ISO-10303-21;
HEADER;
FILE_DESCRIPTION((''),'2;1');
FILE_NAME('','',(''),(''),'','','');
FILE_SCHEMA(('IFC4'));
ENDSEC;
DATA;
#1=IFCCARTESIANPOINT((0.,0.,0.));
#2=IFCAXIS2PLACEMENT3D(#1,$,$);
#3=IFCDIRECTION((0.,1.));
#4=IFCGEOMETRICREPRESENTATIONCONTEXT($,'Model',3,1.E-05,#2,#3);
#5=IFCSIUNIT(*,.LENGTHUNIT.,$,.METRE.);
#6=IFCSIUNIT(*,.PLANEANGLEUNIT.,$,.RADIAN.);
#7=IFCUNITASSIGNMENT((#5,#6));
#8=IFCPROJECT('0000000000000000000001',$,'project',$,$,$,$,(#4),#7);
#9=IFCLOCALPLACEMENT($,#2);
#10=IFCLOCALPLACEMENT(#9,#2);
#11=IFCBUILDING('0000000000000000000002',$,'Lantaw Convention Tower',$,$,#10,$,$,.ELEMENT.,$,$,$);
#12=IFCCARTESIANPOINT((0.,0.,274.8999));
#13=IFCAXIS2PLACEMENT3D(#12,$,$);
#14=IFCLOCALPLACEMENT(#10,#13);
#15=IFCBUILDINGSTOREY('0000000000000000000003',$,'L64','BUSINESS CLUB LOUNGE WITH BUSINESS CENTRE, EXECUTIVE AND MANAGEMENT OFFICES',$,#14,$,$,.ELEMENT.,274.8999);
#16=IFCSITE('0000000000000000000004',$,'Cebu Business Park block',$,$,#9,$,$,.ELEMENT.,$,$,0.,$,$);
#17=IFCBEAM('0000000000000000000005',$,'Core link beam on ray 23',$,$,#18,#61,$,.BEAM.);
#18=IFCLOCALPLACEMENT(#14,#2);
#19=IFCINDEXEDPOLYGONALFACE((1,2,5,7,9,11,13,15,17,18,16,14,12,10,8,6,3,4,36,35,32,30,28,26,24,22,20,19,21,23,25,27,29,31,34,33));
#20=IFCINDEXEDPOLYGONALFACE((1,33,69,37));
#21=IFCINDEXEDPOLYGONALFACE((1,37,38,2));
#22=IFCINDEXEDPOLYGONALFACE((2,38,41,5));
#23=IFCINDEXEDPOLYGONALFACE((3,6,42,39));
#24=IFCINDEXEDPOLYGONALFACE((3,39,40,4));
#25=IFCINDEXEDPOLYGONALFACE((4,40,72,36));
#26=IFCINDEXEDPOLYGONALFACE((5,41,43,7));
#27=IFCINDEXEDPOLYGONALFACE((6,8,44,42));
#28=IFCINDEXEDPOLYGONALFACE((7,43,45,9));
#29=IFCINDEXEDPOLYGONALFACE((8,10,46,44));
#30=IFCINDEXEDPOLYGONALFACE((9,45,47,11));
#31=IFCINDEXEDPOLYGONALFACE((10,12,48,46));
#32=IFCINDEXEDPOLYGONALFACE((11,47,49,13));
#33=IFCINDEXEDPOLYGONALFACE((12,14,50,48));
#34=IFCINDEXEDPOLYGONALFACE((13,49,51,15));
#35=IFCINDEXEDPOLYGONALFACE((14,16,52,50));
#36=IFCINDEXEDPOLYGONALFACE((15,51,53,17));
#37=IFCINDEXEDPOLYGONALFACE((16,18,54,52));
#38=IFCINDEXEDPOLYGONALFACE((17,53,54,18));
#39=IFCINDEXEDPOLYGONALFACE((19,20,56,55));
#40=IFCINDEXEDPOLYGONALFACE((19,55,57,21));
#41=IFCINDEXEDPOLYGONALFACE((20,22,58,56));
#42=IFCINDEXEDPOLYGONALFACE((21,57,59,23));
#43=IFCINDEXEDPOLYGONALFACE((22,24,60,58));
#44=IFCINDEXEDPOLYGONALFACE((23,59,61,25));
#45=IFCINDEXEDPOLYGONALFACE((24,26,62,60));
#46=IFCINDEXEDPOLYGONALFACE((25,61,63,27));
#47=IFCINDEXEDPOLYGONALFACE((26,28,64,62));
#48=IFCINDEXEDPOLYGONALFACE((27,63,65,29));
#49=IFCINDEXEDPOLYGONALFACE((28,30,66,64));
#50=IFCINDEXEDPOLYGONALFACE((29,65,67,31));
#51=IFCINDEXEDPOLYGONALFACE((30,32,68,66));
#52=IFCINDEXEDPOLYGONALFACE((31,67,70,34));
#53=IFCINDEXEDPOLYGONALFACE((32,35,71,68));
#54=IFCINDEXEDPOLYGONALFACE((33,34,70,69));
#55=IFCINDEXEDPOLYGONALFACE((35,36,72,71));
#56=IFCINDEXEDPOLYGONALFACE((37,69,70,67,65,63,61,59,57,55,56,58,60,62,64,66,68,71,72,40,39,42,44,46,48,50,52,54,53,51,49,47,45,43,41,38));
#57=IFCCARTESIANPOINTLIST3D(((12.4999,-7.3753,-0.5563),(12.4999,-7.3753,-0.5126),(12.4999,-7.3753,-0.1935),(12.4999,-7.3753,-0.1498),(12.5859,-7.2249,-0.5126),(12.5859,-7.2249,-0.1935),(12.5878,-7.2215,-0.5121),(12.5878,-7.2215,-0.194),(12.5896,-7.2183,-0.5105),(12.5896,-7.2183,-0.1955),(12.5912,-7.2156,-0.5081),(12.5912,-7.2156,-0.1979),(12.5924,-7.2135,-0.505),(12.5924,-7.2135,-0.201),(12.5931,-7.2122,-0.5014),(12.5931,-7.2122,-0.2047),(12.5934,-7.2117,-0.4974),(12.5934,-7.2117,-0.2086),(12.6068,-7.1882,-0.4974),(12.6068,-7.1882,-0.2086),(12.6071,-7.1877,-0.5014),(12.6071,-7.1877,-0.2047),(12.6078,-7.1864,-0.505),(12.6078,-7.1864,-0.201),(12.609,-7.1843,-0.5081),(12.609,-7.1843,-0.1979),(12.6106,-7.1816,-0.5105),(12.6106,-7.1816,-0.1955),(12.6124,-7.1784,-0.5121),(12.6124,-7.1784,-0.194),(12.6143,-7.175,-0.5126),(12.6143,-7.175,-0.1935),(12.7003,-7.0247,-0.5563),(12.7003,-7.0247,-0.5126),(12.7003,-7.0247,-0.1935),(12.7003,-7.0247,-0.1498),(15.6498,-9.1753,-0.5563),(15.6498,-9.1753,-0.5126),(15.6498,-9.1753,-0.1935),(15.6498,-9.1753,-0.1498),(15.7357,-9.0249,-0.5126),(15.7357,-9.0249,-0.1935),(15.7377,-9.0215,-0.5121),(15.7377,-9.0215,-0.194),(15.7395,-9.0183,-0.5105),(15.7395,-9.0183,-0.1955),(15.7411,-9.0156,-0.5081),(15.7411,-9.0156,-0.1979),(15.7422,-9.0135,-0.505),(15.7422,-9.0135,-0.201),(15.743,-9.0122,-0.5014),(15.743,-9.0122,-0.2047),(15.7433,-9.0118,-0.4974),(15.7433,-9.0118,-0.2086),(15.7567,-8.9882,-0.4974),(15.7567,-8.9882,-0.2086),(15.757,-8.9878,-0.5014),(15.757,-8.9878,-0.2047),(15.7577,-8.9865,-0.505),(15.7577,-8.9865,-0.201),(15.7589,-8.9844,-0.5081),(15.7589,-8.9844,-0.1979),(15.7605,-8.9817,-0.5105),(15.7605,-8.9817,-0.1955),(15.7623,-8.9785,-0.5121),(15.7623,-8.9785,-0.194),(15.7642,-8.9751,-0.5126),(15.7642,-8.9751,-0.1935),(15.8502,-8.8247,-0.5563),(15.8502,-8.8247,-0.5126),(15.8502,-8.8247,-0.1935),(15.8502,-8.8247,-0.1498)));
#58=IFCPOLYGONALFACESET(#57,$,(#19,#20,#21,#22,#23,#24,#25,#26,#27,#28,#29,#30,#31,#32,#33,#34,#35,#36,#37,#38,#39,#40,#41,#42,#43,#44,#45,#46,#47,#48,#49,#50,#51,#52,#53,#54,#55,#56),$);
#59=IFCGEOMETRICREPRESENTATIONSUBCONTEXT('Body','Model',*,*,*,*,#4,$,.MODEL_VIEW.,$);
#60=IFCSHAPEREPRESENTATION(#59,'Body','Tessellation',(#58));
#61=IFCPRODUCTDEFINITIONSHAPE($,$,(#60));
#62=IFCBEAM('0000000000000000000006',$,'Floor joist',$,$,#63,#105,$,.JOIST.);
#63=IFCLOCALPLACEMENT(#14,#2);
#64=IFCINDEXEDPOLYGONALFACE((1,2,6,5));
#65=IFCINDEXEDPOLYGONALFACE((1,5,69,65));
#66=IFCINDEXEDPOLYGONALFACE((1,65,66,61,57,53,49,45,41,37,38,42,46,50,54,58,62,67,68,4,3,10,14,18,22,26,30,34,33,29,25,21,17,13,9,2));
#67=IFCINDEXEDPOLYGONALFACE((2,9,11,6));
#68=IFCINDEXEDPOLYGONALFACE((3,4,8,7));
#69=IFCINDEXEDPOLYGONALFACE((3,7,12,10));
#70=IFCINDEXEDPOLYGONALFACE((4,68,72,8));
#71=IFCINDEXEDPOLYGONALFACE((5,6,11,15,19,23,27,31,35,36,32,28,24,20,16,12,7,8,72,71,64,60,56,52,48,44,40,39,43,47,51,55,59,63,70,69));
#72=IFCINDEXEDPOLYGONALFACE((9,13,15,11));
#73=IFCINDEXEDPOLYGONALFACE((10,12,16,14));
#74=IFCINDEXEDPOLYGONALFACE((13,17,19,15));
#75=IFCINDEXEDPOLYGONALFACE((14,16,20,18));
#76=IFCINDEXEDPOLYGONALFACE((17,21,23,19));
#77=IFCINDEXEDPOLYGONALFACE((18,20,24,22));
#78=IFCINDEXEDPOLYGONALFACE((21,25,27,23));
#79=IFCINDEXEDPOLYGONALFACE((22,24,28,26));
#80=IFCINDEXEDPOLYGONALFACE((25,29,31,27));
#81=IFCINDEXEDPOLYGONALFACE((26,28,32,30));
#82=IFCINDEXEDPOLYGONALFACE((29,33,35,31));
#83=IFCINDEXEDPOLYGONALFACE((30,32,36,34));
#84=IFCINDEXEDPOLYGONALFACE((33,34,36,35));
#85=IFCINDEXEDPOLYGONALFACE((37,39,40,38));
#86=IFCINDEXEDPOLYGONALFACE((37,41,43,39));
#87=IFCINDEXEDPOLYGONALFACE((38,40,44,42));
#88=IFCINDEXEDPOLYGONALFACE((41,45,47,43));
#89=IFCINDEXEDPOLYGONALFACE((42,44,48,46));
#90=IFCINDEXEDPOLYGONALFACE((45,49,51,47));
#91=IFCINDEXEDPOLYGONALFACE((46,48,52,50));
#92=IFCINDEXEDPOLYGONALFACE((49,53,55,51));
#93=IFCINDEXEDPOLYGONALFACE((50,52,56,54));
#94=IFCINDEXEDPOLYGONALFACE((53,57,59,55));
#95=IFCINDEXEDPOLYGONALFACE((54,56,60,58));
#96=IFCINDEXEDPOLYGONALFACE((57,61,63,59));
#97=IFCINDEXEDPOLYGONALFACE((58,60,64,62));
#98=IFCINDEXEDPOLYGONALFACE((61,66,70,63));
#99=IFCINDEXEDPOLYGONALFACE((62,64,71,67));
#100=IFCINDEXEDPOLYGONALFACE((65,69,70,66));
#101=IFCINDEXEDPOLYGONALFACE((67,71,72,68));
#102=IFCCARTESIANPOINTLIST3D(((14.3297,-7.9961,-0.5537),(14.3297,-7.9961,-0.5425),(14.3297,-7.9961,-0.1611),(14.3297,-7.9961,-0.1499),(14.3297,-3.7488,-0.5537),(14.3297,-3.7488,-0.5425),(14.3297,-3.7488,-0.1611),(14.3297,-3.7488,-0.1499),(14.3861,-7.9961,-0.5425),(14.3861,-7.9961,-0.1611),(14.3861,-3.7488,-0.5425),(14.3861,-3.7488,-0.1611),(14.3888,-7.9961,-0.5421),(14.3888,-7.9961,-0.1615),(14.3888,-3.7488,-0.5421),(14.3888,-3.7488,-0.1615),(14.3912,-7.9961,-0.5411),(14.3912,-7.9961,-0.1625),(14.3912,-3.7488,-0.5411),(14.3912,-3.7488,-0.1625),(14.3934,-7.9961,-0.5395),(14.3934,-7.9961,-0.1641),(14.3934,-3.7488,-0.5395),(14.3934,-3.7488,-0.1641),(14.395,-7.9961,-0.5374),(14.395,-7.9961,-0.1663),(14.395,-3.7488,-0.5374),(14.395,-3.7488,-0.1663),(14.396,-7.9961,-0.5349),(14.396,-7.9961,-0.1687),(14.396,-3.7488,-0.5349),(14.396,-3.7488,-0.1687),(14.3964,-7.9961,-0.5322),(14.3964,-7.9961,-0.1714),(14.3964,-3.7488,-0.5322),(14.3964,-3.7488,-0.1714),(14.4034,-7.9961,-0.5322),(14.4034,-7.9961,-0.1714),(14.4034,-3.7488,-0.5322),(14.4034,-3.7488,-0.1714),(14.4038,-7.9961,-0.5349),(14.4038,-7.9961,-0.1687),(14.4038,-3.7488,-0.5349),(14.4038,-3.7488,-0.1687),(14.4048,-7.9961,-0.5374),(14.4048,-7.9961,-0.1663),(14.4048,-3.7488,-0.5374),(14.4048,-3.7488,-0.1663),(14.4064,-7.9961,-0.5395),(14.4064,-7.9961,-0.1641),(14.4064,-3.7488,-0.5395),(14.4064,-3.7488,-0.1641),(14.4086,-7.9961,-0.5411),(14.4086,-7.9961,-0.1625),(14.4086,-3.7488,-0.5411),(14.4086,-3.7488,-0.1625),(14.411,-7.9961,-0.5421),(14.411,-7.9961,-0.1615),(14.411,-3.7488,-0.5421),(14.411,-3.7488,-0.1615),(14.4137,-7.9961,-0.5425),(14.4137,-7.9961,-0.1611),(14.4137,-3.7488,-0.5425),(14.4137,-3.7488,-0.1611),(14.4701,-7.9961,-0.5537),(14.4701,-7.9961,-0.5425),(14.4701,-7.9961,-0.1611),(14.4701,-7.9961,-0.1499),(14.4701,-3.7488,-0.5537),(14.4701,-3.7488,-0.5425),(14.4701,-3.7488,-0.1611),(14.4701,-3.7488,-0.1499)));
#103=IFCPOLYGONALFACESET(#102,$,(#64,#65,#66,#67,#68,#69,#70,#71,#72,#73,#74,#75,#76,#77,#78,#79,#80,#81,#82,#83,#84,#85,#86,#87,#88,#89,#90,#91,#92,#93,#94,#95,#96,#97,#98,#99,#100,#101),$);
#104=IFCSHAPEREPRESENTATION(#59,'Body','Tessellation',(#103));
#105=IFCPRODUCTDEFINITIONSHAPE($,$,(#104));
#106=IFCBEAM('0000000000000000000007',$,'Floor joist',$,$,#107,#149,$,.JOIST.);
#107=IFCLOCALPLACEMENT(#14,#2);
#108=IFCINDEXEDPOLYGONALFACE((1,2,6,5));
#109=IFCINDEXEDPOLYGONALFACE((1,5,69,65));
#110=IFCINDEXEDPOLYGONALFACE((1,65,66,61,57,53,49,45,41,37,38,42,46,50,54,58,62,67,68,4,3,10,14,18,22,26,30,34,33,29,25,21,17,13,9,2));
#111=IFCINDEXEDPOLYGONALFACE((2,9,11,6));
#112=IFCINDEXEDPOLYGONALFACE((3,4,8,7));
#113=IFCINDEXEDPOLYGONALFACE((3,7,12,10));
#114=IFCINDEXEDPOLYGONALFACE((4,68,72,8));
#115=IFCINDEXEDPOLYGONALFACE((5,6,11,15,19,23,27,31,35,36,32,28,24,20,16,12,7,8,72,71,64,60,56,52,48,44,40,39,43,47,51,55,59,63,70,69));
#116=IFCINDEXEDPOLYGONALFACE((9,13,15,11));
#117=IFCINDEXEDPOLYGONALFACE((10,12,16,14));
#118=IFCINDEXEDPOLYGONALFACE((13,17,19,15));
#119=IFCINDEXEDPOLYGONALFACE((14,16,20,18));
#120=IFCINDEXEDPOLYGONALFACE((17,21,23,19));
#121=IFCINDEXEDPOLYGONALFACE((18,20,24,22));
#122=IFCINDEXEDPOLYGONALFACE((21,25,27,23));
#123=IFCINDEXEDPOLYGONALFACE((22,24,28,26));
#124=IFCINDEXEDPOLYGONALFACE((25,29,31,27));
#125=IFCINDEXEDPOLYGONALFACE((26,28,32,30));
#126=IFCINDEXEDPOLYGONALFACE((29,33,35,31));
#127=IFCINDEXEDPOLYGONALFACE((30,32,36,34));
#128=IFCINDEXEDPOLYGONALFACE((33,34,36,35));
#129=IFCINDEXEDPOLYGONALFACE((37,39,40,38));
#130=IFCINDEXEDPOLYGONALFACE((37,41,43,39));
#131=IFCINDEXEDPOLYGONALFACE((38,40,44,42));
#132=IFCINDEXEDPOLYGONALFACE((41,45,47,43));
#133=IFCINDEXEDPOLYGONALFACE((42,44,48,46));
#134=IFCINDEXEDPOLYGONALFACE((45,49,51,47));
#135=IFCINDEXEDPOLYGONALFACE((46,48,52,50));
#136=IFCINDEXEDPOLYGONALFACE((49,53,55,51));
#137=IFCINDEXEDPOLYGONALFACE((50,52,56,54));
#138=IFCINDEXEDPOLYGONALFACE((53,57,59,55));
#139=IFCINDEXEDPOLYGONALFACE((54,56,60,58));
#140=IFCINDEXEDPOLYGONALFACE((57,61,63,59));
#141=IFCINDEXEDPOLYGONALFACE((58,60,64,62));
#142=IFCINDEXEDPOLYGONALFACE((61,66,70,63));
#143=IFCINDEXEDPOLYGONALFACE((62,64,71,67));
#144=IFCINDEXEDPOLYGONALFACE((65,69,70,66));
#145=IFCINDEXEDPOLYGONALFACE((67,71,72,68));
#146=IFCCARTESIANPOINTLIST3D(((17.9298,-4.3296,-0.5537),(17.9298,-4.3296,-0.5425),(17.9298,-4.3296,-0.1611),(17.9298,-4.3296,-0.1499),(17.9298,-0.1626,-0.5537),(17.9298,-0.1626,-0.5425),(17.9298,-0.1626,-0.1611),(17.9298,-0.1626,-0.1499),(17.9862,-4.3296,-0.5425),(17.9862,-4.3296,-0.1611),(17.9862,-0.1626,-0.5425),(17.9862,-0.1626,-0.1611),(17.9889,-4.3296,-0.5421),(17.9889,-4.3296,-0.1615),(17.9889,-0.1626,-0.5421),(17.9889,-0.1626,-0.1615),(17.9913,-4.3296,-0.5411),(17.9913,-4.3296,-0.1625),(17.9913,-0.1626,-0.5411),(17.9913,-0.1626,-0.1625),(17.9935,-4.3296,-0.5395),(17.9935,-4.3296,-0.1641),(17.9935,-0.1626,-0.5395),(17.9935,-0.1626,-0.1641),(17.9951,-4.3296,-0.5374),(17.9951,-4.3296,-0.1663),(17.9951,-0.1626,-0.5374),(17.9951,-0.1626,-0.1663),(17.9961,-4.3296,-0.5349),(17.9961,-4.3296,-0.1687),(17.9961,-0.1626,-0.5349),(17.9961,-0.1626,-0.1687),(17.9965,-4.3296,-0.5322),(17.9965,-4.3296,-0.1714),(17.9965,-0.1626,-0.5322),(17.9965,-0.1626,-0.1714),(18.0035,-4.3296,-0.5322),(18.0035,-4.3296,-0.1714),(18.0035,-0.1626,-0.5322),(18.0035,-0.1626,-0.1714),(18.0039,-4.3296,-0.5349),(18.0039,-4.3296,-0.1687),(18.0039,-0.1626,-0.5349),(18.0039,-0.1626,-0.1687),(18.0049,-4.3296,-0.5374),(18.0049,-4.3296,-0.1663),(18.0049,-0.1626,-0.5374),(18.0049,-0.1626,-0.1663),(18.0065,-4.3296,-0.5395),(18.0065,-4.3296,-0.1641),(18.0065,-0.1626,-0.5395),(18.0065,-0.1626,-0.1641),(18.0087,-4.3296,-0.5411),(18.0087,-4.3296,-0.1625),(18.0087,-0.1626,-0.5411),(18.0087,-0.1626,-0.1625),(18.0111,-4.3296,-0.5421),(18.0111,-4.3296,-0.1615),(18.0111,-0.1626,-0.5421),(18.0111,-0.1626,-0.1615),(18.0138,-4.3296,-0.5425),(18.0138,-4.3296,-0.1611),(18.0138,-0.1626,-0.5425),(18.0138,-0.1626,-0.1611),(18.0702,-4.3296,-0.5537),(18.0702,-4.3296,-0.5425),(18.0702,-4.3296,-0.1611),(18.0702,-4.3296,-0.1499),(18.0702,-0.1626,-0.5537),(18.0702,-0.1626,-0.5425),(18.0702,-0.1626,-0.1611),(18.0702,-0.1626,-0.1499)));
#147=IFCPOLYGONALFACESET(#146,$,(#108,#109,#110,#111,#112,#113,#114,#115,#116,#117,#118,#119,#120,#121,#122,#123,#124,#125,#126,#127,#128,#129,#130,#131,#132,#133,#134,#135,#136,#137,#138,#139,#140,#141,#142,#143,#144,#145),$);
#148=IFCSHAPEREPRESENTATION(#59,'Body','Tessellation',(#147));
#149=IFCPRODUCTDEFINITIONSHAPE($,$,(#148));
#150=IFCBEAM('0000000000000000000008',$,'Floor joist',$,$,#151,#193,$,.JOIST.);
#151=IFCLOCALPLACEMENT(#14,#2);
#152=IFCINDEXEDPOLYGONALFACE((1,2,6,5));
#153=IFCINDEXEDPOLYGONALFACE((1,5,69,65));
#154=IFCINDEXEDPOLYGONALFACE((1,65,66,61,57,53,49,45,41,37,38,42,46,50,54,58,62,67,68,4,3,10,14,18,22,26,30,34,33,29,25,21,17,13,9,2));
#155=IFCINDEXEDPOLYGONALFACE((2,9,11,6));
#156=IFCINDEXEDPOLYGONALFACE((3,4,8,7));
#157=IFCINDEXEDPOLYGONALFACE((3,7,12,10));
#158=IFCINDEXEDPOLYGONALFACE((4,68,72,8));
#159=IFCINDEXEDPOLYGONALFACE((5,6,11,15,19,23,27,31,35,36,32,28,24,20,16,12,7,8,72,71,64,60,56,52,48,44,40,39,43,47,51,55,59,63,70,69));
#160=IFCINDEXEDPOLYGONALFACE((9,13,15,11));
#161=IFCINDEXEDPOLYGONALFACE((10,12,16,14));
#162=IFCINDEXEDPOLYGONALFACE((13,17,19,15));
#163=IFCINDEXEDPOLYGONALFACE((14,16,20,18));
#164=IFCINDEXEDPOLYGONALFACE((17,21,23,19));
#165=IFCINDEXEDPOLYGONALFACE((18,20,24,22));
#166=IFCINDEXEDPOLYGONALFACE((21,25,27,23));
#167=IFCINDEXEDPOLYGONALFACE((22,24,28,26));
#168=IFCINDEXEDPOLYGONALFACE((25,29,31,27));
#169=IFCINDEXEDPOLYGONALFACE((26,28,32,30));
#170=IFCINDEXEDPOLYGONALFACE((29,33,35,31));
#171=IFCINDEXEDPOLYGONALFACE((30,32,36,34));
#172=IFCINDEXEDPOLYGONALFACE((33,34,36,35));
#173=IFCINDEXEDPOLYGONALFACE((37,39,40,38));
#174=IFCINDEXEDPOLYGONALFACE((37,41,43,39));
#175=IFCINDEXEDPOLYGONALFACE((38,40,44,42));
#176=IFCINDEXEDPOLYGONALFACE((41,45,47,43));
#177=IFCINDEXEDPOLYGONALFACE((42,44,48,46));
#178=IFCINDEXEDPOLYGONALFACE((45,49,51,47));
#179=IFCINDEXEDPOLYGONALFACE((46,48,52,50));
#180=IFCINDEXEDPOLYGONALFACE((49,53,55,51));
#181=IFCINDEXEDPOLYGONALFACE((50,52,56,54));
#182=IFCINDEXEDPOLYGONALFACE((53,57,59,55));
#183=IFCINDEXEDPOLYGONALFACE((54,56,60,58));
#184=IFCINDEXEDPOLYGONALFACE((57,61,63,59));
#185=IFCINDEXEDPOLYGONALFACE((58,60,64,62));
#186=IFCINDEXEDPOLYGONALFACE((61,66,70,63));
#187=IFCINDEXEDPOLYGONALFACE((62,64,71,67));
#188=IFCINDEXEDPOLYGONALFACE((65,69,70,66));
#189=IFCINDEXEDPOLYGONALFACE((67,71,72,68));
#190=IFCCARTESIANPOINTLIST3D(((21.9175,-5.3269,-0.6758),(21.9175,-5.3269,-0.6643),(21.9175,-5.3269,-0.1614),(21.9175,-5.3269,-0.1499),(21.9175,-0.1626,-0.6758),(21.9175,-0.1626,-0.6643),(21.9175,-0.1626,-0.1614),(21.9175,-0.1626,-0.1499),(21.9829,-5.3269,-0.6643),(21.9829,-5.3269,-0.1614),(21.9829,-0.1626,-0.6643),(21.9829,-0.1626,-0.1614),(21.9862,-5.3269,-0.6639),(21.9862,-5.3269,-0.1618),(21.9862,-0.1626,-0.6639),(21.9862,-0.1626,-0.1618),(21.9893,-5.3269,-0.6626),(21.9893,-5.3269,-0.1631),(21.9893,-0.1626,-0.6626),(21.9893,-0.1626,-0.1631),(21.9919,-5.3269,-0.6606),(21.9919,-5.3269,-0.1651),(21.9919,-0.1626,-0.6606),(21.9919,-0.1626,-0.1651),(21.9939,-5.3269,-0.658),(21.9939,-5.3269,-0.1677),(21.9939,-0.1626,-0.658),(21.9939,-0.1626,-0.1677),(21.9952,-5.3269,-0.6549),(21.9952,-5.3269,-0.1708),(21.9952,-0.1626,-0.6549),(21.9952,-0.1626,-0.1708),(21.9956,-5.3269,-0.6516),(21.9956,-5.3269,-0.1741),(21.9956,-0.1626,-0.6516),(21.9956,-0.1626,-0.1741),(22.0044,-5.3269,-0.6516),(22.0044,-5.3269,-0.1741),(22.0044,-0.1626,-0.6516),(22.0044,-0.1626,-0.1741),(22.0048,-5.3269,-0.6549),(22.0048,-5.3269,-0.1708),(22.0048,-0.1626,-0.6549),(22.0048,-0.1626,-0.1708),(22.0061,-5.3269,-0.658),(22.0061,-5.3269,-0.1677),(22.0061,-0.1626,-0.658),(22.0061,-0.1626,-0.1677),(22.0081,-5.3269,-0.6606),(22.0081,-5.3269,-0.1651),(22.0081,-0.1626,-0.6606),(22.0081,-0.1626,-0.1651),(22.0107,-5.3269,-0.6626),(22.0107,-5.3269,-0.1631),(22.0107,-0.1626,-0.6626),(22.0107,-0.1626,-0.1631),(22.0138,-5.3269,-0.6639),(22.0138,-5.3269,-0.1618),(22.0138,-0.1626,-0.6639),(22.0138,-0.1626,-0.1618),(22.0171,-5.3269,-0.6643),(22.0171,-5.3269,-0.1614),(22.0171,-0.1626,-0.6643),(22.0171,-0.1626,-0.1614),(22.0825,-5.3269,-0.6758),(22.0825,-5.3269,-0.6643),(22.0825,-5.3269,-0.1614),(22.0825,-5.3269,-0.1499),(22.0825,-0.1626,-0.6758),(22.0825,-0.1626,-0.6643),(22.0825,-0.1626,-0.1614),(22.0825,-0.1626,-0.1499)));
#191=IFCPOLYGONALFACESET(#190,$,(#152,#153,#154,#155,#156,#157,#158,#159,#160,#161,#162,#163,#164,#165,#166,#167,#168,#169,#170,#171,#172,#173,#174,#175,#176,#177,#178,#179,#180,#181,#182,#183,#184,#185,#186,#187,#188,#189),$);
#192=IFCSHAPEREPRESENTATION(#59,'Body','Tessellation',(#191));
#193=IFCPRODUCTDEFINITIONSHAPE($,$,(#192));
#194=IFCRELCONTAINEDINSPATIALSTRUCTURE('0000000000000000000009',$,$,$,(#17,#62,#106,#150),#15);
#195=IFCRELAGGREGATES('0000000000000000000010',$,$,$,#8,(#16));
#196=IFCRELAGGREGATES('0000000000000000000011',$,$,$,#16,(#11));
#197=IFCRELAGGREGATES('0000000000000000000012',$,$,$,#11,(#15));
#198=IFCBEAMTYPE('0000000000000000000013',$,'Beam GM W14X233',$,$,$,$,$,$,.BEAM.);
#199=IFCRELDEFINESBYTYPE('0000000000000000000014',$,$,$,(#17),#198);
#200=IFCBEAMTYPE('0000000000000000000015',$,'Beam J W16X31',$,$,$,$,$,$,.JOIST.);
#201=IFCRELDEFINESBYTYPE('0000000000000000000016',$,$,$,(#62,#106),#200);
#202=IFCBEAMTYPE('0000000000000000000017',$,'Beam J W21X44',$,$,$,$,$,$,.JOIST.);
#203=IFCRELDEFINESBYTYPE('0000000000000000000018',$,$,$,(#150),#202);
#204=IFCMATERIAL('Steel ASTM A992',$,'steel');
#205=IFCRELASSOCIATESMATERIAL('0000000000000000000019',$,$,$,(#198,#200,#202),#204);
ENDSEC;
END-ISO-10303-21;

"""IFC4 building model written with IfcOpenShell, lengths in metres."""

from ifc_helpers import new_model, si_unit, direction, frame, origin, origin_2d, place, context, subcontext, project, spatial, i_section, extrude, material, material_profile, profile_set, type_object, element, save


model = new_model("IFC4")

# Units and contexts
model_context = context("Model", 3, precision=1e-05, world=origin(), true_north=direction((0.0, 1.0)))
body_context = subcontext(model_context, "Body", "Model", "MODEL_VIEW")
ifc_project = project(units=[si_unit("LENGTHUNIT", "METRE"), si_unit("PLANEANGLEUNIT", "RADIAN")], contexts=[model_context])

# Site, building, storey
site_placement = place(None, origin())
site = spatial("IfcSite", under=ifc_project, at=site_placement, Name="Cebu Business Park block", CompositionType="ELEMENT", RefElevation=0.0)
building_placement = place(site_placement, origin())
building = spatial("IfcBuilding", under=site, at=building_placement, Name="Lantaw Convention Tower", CompositionType="ELEMENT")
storey_placement = place(building_placement, frame((0.0, 0.0, 274.8999)))
storey = spatial("IfcBuildingStorey", under=building, at=storey_placement, Name="L64", Description="BUSINESS CLUB LOUNGE WITH BUSINESS CENTRE, EXECUTIVE AND MANAGEMENT OFFICES", CompositionType="ELEMENT", Elevation=274.8999)

# Beams
ifc_material_1 = material(Name="Steel ASTM A992", Category="steel")
ifc_material_profile_1 = material_profile(ifc_material_1, i_section(OverallWidth=0.4038, OverallDepth=0.4065, WebThickness=0.0271, FlangeThickness=0.0437, FilletRadius=0.0151, at=origin_2d()), Name="W14X233")
ifc_profile_set_1 = profile_set([ifc_material_profile_1], Name="Steel ASTM A992")
beam_type_1 = type_object("IfcBeamType", Name="Beam GM W14X233", PredefinedType="BEAM", material=ifc_profile_set_1)
beam_1_placement = place(storey_placement, frame((12.6001, -7.2, -0.353), z_axis=(0.868231, -0.496161, 0.0), x_axis=(0.496161, 0.868231, 0.0)))
element("IfcBeam", 1, at=beam_1_placement, inside=storey, type_object=beam_type_1, Name="Core link beam on ray 23", PredefinedType="BEAM", context=body_context, shape_type="SweptSolid", body=[
    extrude(i_section(OverallWidth=0.4038, OverallDepth=0.4065, WebThickness=0.0271, FlangeThickness=0.0437, FilletRadius=0.0151, at=origin_2d()), origin(), (0.0, 0.0, 1.0), 3.6279),
])
ifc_material_profile_2 = material_profile(ifc_material_1, i_section(OverallWidth=0.1404, OverallDepth=0.4038, WebThickness=0.0071, FlangeThickness=0.0112, FilletRadius=0.0103, at=origin_2d()), Name="W16X31")
ifc_profile_set_2 = profile_set([ifc_material_profile_2], Name="Steel ASTM A992")
beam_type_2 = type_object("IfcBeamType", Name="Beam J W16X31", PredefinedType="JOIST", material=ifc_profile_set_2)
beam_2_placement = place(storey_placement, frame((14.3999, -7.9961, -0.3518), z_axis=(0.0, 1.0, 0.0), x_axis=(-1.0, 0.0, 0.0)))
element("IfcBeam", 2, at=beam_2_placement, inside=storey, type_object=beam_type_2, Name="Floor joist", PredefinedType="JOIST", context=body_context, shape_type="SweptSolid", body=[
    extrude(i_section(OverallWidth=0.1404, OverallDepth=0.4038, WebThickness=0.0071, FlangeThickness=0.0112, FilletRadius=0.0103, at=origin_2d()), origin(), (0.0, 0.0, 1.0), 4.2473),
])
beam_3_placement = place(storey_placement, frame((18.0, -4.3296, -0.3518), z_axis=(0.0, 1.0, 0.0), x_axis=(-1.0, 0.0, 0.0)))
element("IfcBeam", 3, at=beam_3_placement, inside=storey, type_object=beam_type_2, Name="Floor joist", PredefinedType="JOIST", context=body_context, shape_type="SweptSolid", body=[
    extrude(i_section(OverallWidth=0.1404, OverallDepth=0.4038, WebThickness=0.0071, FlangeThickness=0.0112, FilletRadius=0.0103, at=origin_2d()), origin(), (0.0, 0.0, 1.0), 4.167),
])
ifc_material_profile_3 = material_profile(ifc_material_1, i_section(OverallWidth=0.165, OverallDepth=0.5259, WebThickness=0.0088, FlangeThickness=0.0115, FilletRadius=0.0127, at=origin_2d()), Name="W21X44")
ifc_profile_set_3 = profile_set([ifc_material_profile_3], Name="Steel ASTM A992")
beam_type_3 = type_object("IfcBeamType", Name="Beam J W21X44", PredefinedType="JOIST", material=ifc_profile_set_3)
beam_4_placement = place(storey_placement, frame((22.0, -5.3269, -0.4128), z_axis=(0.0, 1.0, 0.0), x_axis=(-1.0, 0.0, 0.0)))
element("IfcBeam", 4, at=beam_4_placement, inside=storey, type_object=beam_type_3, Name="Floor joist", PredefinedType="JOIST", context=body_context, shape_type="SweptSolid", body=[
    extrude(i_section(OverallWidth=0.165, OverallDepth=0.5259, WebThickness=0.0088, FlangeThickness=0.0115, FilletRadius=0.0127, at=origin_2d()), origin(), (0.0, 0.0, 1.0), 5.1643),
])

save(model, "model.ifc")
